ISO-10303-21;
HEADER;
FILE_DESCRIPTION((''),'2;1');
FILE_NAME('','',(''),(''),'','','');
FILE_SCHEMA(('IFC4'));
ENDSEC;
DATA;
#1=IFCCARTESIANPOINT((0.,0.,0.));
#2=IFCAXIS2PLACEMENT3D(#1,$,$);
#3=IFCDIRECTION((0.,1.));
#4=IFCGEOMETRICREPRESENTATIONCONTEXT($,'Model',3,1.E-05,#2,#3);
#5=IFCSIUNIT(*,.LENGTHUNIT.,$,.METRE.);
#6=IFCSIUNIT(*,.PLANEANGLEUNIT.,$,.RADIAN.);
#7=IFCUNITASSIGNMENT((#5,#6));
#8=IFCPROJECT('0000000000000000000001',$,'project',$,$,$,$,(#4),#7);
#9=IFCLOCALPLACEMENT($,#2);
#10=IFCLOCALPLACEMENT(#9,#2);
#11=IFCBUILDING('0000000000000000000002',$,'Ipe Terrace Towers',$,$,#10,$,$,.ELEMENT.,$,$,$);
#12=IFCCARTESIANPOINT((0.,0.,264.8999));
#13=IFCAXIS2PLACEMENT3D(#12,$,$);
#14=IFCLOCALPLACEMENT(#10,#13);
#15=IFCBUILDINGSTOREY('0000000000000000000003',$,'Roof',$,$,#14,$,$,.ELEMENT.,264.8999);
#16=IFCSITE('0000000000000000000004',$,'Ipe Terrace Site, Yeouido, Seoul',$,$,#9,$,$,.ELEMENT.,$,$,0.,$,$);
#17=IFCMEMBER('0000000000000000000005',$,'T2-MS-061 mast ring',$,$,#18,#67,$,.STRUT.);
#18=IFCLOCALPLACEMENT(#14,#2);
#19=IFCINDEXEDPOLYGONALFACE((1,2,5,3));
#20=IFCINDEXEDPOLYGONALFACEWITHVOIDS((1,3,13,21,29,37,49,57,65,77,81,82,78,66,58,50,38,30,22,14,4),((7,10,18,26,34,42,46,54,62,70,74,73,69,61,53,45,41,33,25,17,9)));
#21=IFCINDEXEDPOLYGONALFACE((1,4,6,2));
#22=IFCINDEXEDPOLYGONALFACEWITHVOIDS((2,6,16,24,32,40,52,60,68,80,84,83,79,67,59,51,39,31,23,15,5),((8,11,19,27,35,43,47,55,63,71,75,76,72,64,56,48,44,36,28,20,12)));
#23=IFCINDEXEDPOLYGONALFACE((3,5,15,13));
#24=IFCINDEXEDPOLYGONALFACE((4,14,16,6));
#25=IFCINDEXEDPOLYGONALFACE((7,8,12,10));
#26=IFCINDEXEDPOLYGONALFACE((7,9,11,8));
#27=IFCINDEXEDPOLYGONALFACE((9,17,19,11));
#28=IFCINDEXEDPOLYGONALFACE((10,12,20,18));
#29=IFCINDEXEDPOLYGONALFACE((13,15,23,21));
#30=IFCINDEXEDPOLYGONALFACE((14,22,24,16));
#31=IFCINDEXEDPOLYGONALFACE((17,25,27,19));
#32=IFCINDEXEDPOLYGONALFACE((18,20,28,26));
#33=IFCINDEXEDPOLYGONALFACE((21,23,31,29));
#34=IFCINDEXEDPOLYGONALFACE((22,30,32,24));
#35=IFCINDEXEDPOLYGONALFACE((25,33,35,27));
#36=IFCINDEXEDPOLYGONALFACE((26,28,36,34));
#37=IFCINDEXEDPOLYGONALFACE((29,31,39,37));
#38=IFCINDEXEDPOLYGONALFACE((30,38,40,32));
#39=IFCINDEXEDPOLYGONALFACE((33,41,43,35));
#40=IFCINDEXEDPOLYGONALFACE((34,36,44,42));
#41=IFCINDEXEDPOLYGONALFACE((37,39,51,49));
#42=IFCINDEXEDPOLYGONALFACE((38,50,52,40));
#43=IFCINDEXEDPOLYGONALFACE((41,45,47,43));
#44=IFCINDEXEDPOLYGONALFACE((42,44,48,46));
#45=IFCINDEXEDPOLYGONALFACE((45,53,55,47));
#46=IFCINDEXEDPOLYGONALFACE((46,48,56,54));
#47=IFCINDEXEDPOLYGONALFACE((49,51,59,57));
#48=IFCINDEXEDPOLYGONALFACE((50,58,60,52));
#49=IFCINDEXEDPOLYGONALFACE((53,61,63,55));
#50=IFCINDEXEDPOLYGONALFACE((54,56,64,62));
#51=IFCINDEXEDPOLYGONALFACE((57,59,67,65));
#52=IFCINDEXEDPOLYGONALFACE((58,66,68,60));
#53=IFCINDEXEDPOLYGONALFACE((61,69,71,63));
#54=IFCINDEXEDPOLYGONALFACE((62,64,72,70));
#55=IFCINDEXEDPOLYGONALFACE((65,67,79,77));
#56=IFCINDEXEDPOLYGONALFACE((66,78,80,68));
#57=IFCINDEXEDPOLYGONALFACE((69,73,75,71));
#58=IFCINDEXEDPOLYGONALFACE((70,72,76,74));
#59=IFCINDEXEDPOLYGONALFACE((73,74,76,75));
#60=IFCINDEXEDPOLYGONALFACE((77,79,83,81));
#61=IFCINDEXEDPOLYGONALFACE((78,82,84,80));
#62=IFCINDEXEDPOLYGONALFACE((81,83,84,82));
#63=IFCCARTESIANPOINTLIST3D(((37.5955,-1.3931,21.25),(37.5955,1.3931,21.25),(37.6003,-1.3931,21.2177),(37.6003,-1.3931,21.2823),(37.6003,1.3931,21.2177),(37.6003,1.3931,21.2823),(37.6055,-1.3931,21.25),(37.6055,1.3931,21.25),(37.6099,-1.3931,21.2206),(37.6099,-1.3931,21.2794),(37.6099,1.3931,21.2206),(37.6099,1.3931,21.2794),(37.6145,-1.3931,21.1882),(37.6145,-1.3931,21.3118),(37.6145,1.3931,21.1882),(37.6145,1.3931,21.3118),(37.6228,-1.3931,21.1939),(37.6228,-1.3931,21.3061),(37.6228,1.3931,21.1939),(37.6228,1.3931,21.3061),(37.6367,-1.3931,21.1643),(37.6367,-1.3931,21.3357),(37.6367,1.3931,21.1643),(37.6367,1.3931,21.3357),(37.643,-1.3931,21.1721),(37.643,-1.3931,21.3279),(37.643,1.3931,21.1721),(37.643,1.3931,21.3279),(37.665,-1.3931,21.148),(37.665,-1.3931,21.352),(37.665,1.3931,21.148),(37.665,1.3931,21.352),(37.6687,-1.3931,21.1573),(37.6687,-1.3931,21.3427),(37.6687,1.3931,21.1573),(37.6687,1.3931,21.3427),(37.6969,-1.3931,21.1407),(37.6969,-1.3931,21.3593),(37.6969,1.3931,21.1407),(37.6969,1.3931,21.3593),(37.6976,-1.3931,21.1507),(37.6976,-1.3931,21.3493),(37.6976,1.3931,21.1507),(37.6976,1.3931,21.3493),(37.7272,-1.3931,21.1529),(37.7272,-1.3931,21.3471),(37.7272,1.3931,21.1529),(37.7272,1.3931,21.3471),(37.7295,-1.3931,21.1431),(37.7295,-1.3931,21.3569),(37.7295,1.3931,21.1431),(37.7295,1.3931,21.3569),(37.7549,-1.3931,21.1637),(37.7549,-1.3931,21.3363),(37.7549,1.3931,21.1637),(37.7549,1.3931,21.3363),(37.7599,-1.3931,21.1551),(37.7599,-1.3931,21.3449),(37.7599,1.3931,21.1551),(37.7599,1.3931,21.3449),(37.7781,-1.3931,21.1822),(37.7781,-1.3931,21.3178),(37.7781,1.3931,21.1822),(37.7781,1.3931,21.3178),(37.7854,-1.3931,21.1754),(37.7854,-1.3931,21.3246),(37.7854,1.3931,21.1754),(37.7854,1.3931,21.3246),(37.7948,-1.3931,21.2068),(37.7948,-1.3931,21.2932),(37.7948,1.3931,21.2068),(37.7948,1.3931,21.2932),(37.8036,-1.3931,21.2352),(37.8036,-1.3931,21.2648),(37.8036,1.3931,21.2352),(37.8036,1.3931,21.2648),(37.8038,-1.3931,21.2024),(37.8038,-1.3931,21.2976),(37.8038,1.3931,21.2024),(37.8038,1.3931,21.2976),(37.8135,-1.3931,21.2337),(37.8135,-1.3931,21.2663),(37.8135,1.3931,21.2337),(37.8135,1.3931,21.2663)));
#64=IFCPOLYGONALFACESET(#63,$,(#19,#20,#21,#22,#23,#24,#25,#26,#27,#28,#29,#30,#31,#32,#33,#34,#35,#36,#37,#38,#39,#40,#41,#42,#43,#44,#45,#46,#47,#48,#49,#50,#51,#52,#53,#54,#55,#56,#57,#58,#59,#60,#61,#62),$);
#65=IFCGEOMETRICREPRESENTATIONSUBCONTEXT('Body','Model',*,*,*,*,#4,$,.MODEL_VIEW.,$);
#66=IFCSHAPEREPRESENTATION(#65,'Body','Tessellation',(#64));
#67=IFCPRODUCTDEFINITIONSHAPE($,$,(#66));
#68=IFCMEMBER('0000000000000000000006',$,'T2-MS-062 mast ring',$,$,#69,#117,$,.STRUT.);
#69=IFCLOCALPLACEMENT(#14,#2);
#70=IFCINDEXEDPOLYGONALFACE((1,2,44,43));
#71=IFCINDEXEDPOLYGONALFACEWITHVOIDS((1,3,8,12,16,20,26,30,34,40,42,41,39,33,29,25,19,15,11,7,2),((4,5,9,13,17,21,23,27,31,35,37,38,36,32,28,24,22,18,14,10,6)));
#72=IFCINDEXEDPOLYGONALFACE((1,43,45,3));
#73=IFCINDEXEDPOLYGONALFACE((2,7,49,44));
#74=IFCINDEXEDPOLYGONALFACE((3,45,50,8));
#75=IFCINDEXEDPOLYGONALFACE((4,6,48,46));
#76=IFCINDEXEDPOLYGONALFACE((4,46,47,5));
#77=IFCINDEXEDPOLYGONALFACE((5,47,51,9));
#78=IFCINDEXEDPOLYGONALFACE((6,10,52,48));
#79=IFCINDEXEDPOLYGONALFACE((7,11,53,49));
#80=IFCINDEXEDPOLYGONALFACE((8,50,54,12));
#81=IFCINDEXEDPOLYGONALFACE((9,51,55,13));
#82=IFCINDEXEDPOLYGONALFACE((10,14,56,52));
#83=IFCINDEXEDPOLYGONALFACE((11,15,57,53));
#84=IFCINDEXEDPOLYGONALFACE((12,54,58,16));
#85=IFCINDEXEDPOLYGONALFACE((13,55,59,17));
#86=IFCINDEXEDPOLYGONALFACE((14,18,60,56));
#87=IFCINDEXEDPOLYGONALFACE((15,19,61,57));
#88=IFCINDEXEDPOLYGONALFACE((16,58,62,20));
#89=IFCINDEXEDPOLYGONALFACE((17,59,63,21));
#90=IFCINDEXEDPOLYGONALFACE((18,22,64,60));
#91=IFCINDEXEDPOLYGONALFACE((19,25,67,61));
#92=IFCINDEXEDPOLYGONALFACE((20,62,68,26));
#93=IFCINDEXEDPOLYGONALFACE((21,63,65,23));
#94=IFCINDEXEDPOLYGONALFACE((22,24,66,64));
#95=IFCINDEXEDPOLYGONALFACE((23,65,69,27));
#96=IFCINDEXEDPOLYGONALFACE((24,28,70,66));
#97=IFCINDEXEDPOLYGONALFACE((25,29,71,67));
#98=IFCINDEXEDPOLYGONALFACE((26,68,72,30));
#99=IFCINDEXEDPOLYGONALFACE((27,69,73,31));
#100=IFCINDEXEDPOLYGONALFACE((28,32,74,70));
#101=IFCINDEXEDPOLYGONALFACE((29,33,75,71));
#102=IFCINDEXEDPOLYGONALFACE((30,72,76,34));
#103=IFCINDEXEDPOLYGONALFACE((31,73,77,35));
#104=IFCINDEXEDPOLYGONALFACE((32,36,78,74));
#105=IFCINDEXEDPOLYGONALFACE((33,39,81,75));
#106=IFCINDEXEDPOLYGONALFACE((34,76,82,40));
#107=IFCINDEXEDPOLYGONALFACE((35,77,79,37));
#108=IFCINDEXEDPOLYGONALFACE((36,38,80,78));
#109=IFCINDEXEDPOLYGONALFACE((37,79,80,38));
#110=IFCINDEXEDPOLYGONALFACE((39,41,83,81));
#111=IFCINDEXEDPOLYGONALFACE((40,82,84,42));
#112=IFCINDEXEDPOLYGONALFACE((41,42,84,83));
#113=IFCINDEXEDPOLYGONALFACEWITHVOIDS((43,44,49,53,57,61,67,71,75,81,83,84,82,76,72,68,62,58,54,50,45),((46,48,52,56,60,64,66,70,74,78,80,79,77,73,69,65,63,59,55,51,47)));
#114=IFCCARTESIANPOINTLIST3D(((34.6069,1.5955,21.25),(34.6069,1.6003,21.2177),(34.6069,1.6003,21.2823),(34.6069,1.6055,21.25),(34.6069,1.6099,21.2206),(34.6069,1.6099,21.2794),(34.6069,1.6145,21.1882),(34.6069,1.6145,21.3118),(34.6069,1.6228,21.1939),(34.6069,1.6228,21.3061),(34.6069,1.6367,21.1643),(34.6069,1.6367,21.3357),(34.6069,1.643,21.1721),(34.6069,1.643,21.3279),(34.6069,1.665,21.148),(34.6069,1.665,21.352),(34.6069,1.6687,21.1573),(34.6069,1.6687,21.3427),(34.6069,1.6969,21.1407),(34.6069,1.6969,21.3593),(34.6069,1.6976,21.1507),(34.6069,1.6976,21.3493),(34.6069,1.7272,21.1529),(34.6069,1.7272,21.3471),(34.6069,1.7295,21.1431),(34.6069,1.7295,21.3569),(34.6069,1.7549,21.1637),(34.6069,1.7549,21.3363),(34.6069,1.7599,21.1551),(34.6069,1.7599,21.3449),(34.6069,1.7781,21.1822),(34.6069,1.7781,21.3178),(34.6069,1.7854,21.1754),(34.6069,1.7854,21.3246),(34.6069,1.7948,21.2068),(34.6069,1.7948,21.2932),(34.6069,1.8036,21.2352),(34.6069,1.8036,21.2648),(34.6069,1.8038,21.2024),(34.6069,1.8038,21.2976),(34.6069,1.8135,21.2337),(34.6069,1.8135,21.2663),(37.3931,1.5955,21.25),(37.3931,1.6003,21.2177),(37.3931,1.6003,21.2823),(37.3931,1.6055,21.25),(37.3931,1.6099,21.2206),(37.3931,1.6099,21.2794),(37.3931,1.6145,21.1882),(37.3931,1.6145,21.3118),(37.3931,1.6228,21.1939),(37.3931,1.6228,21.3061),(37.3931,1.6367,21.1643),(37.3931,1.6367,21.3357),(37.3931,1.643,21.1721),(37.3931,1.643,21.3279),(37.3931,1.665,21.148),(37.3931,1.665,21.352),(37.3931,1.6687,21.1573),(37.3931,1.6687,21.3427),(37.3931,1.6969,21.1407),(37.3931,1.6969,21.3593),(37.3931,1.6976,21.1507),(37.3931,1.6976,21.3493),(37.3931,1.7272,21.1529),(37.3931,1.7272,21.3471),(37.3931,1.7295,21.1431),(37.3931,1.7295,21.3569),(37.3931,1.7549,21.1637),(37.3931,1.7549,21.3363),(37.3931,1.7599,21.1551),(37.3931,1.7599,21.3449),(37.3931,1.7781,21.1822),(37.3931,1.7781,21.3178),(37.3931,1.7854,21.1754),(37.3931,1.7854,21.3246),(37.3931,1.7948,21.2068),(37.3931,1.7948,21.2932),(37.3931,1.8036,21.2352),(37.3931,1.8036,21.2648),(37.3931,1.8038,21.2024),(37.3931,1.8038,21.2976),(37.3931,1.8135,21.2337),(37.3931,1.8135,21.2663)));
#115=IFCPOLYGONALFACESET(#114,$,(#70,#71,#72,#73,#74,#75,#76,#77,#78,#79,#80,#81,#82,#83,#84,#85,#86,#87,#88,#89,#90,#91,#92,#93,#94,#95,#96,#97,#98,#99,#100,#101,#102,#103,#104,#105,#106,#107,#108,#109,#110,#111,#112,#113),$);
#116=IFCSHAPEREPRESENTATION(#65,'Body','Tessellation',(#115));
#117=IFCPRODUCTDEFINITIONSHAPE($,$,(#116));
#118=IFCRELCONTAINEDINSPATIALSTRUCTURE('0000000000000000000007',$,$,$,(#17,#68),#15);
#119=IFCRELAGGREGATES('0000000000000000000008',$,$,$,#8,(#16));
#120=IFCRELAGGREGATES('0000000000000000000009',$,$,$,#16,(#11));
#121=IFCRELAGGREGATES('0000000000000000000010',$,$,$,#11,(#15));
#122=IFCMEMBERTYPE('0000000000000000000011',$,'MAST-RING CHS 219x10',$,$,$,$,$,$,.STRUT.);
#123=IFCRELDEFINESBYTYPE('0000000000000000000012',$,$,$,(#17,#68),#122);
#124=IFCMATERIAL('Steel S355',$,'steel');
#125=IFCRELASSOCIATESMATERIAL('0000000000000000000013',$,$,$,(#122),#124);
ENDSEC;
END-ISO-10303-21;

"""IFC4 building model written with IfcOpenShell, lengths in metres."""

from ifc_helpers import new_model, si_unit, direction, frame, origin, origin_2d, place, context, subcontext, project, spatial, hollow_circle, extrude, material, material_profile, profile_set, type_object, element, save


model = new_model("IFC4")

# Units and contexts
model_context = context("Model", 3, precision=1e-05, world=origin(), true_north=direction((0.0, 1.0)))
body_context = subcontext(model_context, "Body", "Model", "MODEL_VIEW")
ifc_project = project(units=[si_unit("LENGTHUNIT", "METRE"), si_unit("PLANEANGLEUNIT", "RADIAN")], contexts=[model_context])

# Site, building, storey
site_placement = place(None, origin())
site = spatial("IfcSite", under=ifc_project, at=site_placement, Name="Ipe Terrace Site, Yeouido, Seoul", CompositionType="ELEMENT", RefElevation=0.0)
building_placement = place(site_placement, origin())
building = spatial("IfcBuilding", under=site, at=building_placement, Name="Ipe Terrace Towers", CompositionType="ELEMENT")
storey_placement = place(building_placement, frame((0.0, 0.0, 264.8999)))
storey = spatial("IfcBuildingStorey", under=building, at=storey_placement, Name="Roof", CompositionType="ELEMENT", Elevation=264.8999)

# Members
ifc_material_1 = material(Name="Steel S355", Category="steel")
ifc_material_profile_1 = material_profile(ifc_material_1, hollow_circle(Radius=0.1096, WallThickness=0.01, at=origin_2d()), Name="MAST-RING CHS 219x10")
ifc_profile_set_1 = profile_set([ifc_material_profile_1], Name="Steel S355")
member_type_1 = type_object("IfcMemberType", Name="MAST-RING CHS 219x10", PredefinedType="STRUT", material=ifc_profile_set_1)
for number, where, z_axis, x_axis, name in (
    (1, (37.7051, -1.3931, 21.25), (0.0, 1.0, 0.0), (-1.0, 0.0, 0.0), "T2-MS-061 mast ring"),
    (2, (37.3931, 1.7051, 21.25), (-1.0, 0.0, 0.0), (0.0, -1.0, 0.0), "T2-MS-062 mast ring"),
):
    element("IfcMember", number, at=place(storey_placement, frame(where, z_axis=z_axis, x_axis=x_axis)), inside=storey, type_object=member_type_1, Name=name, PredefinedType="STRUT", context=body_context, shape_type="SweptSolid", body=[
        extrude(hollow_circle(Radius=0.1096, WallThickness=0.01, at=origin_2d()), origin(), (0.0, 0.0, 1.0), 2.7861),
    ])

save(model, "model.ifc")
